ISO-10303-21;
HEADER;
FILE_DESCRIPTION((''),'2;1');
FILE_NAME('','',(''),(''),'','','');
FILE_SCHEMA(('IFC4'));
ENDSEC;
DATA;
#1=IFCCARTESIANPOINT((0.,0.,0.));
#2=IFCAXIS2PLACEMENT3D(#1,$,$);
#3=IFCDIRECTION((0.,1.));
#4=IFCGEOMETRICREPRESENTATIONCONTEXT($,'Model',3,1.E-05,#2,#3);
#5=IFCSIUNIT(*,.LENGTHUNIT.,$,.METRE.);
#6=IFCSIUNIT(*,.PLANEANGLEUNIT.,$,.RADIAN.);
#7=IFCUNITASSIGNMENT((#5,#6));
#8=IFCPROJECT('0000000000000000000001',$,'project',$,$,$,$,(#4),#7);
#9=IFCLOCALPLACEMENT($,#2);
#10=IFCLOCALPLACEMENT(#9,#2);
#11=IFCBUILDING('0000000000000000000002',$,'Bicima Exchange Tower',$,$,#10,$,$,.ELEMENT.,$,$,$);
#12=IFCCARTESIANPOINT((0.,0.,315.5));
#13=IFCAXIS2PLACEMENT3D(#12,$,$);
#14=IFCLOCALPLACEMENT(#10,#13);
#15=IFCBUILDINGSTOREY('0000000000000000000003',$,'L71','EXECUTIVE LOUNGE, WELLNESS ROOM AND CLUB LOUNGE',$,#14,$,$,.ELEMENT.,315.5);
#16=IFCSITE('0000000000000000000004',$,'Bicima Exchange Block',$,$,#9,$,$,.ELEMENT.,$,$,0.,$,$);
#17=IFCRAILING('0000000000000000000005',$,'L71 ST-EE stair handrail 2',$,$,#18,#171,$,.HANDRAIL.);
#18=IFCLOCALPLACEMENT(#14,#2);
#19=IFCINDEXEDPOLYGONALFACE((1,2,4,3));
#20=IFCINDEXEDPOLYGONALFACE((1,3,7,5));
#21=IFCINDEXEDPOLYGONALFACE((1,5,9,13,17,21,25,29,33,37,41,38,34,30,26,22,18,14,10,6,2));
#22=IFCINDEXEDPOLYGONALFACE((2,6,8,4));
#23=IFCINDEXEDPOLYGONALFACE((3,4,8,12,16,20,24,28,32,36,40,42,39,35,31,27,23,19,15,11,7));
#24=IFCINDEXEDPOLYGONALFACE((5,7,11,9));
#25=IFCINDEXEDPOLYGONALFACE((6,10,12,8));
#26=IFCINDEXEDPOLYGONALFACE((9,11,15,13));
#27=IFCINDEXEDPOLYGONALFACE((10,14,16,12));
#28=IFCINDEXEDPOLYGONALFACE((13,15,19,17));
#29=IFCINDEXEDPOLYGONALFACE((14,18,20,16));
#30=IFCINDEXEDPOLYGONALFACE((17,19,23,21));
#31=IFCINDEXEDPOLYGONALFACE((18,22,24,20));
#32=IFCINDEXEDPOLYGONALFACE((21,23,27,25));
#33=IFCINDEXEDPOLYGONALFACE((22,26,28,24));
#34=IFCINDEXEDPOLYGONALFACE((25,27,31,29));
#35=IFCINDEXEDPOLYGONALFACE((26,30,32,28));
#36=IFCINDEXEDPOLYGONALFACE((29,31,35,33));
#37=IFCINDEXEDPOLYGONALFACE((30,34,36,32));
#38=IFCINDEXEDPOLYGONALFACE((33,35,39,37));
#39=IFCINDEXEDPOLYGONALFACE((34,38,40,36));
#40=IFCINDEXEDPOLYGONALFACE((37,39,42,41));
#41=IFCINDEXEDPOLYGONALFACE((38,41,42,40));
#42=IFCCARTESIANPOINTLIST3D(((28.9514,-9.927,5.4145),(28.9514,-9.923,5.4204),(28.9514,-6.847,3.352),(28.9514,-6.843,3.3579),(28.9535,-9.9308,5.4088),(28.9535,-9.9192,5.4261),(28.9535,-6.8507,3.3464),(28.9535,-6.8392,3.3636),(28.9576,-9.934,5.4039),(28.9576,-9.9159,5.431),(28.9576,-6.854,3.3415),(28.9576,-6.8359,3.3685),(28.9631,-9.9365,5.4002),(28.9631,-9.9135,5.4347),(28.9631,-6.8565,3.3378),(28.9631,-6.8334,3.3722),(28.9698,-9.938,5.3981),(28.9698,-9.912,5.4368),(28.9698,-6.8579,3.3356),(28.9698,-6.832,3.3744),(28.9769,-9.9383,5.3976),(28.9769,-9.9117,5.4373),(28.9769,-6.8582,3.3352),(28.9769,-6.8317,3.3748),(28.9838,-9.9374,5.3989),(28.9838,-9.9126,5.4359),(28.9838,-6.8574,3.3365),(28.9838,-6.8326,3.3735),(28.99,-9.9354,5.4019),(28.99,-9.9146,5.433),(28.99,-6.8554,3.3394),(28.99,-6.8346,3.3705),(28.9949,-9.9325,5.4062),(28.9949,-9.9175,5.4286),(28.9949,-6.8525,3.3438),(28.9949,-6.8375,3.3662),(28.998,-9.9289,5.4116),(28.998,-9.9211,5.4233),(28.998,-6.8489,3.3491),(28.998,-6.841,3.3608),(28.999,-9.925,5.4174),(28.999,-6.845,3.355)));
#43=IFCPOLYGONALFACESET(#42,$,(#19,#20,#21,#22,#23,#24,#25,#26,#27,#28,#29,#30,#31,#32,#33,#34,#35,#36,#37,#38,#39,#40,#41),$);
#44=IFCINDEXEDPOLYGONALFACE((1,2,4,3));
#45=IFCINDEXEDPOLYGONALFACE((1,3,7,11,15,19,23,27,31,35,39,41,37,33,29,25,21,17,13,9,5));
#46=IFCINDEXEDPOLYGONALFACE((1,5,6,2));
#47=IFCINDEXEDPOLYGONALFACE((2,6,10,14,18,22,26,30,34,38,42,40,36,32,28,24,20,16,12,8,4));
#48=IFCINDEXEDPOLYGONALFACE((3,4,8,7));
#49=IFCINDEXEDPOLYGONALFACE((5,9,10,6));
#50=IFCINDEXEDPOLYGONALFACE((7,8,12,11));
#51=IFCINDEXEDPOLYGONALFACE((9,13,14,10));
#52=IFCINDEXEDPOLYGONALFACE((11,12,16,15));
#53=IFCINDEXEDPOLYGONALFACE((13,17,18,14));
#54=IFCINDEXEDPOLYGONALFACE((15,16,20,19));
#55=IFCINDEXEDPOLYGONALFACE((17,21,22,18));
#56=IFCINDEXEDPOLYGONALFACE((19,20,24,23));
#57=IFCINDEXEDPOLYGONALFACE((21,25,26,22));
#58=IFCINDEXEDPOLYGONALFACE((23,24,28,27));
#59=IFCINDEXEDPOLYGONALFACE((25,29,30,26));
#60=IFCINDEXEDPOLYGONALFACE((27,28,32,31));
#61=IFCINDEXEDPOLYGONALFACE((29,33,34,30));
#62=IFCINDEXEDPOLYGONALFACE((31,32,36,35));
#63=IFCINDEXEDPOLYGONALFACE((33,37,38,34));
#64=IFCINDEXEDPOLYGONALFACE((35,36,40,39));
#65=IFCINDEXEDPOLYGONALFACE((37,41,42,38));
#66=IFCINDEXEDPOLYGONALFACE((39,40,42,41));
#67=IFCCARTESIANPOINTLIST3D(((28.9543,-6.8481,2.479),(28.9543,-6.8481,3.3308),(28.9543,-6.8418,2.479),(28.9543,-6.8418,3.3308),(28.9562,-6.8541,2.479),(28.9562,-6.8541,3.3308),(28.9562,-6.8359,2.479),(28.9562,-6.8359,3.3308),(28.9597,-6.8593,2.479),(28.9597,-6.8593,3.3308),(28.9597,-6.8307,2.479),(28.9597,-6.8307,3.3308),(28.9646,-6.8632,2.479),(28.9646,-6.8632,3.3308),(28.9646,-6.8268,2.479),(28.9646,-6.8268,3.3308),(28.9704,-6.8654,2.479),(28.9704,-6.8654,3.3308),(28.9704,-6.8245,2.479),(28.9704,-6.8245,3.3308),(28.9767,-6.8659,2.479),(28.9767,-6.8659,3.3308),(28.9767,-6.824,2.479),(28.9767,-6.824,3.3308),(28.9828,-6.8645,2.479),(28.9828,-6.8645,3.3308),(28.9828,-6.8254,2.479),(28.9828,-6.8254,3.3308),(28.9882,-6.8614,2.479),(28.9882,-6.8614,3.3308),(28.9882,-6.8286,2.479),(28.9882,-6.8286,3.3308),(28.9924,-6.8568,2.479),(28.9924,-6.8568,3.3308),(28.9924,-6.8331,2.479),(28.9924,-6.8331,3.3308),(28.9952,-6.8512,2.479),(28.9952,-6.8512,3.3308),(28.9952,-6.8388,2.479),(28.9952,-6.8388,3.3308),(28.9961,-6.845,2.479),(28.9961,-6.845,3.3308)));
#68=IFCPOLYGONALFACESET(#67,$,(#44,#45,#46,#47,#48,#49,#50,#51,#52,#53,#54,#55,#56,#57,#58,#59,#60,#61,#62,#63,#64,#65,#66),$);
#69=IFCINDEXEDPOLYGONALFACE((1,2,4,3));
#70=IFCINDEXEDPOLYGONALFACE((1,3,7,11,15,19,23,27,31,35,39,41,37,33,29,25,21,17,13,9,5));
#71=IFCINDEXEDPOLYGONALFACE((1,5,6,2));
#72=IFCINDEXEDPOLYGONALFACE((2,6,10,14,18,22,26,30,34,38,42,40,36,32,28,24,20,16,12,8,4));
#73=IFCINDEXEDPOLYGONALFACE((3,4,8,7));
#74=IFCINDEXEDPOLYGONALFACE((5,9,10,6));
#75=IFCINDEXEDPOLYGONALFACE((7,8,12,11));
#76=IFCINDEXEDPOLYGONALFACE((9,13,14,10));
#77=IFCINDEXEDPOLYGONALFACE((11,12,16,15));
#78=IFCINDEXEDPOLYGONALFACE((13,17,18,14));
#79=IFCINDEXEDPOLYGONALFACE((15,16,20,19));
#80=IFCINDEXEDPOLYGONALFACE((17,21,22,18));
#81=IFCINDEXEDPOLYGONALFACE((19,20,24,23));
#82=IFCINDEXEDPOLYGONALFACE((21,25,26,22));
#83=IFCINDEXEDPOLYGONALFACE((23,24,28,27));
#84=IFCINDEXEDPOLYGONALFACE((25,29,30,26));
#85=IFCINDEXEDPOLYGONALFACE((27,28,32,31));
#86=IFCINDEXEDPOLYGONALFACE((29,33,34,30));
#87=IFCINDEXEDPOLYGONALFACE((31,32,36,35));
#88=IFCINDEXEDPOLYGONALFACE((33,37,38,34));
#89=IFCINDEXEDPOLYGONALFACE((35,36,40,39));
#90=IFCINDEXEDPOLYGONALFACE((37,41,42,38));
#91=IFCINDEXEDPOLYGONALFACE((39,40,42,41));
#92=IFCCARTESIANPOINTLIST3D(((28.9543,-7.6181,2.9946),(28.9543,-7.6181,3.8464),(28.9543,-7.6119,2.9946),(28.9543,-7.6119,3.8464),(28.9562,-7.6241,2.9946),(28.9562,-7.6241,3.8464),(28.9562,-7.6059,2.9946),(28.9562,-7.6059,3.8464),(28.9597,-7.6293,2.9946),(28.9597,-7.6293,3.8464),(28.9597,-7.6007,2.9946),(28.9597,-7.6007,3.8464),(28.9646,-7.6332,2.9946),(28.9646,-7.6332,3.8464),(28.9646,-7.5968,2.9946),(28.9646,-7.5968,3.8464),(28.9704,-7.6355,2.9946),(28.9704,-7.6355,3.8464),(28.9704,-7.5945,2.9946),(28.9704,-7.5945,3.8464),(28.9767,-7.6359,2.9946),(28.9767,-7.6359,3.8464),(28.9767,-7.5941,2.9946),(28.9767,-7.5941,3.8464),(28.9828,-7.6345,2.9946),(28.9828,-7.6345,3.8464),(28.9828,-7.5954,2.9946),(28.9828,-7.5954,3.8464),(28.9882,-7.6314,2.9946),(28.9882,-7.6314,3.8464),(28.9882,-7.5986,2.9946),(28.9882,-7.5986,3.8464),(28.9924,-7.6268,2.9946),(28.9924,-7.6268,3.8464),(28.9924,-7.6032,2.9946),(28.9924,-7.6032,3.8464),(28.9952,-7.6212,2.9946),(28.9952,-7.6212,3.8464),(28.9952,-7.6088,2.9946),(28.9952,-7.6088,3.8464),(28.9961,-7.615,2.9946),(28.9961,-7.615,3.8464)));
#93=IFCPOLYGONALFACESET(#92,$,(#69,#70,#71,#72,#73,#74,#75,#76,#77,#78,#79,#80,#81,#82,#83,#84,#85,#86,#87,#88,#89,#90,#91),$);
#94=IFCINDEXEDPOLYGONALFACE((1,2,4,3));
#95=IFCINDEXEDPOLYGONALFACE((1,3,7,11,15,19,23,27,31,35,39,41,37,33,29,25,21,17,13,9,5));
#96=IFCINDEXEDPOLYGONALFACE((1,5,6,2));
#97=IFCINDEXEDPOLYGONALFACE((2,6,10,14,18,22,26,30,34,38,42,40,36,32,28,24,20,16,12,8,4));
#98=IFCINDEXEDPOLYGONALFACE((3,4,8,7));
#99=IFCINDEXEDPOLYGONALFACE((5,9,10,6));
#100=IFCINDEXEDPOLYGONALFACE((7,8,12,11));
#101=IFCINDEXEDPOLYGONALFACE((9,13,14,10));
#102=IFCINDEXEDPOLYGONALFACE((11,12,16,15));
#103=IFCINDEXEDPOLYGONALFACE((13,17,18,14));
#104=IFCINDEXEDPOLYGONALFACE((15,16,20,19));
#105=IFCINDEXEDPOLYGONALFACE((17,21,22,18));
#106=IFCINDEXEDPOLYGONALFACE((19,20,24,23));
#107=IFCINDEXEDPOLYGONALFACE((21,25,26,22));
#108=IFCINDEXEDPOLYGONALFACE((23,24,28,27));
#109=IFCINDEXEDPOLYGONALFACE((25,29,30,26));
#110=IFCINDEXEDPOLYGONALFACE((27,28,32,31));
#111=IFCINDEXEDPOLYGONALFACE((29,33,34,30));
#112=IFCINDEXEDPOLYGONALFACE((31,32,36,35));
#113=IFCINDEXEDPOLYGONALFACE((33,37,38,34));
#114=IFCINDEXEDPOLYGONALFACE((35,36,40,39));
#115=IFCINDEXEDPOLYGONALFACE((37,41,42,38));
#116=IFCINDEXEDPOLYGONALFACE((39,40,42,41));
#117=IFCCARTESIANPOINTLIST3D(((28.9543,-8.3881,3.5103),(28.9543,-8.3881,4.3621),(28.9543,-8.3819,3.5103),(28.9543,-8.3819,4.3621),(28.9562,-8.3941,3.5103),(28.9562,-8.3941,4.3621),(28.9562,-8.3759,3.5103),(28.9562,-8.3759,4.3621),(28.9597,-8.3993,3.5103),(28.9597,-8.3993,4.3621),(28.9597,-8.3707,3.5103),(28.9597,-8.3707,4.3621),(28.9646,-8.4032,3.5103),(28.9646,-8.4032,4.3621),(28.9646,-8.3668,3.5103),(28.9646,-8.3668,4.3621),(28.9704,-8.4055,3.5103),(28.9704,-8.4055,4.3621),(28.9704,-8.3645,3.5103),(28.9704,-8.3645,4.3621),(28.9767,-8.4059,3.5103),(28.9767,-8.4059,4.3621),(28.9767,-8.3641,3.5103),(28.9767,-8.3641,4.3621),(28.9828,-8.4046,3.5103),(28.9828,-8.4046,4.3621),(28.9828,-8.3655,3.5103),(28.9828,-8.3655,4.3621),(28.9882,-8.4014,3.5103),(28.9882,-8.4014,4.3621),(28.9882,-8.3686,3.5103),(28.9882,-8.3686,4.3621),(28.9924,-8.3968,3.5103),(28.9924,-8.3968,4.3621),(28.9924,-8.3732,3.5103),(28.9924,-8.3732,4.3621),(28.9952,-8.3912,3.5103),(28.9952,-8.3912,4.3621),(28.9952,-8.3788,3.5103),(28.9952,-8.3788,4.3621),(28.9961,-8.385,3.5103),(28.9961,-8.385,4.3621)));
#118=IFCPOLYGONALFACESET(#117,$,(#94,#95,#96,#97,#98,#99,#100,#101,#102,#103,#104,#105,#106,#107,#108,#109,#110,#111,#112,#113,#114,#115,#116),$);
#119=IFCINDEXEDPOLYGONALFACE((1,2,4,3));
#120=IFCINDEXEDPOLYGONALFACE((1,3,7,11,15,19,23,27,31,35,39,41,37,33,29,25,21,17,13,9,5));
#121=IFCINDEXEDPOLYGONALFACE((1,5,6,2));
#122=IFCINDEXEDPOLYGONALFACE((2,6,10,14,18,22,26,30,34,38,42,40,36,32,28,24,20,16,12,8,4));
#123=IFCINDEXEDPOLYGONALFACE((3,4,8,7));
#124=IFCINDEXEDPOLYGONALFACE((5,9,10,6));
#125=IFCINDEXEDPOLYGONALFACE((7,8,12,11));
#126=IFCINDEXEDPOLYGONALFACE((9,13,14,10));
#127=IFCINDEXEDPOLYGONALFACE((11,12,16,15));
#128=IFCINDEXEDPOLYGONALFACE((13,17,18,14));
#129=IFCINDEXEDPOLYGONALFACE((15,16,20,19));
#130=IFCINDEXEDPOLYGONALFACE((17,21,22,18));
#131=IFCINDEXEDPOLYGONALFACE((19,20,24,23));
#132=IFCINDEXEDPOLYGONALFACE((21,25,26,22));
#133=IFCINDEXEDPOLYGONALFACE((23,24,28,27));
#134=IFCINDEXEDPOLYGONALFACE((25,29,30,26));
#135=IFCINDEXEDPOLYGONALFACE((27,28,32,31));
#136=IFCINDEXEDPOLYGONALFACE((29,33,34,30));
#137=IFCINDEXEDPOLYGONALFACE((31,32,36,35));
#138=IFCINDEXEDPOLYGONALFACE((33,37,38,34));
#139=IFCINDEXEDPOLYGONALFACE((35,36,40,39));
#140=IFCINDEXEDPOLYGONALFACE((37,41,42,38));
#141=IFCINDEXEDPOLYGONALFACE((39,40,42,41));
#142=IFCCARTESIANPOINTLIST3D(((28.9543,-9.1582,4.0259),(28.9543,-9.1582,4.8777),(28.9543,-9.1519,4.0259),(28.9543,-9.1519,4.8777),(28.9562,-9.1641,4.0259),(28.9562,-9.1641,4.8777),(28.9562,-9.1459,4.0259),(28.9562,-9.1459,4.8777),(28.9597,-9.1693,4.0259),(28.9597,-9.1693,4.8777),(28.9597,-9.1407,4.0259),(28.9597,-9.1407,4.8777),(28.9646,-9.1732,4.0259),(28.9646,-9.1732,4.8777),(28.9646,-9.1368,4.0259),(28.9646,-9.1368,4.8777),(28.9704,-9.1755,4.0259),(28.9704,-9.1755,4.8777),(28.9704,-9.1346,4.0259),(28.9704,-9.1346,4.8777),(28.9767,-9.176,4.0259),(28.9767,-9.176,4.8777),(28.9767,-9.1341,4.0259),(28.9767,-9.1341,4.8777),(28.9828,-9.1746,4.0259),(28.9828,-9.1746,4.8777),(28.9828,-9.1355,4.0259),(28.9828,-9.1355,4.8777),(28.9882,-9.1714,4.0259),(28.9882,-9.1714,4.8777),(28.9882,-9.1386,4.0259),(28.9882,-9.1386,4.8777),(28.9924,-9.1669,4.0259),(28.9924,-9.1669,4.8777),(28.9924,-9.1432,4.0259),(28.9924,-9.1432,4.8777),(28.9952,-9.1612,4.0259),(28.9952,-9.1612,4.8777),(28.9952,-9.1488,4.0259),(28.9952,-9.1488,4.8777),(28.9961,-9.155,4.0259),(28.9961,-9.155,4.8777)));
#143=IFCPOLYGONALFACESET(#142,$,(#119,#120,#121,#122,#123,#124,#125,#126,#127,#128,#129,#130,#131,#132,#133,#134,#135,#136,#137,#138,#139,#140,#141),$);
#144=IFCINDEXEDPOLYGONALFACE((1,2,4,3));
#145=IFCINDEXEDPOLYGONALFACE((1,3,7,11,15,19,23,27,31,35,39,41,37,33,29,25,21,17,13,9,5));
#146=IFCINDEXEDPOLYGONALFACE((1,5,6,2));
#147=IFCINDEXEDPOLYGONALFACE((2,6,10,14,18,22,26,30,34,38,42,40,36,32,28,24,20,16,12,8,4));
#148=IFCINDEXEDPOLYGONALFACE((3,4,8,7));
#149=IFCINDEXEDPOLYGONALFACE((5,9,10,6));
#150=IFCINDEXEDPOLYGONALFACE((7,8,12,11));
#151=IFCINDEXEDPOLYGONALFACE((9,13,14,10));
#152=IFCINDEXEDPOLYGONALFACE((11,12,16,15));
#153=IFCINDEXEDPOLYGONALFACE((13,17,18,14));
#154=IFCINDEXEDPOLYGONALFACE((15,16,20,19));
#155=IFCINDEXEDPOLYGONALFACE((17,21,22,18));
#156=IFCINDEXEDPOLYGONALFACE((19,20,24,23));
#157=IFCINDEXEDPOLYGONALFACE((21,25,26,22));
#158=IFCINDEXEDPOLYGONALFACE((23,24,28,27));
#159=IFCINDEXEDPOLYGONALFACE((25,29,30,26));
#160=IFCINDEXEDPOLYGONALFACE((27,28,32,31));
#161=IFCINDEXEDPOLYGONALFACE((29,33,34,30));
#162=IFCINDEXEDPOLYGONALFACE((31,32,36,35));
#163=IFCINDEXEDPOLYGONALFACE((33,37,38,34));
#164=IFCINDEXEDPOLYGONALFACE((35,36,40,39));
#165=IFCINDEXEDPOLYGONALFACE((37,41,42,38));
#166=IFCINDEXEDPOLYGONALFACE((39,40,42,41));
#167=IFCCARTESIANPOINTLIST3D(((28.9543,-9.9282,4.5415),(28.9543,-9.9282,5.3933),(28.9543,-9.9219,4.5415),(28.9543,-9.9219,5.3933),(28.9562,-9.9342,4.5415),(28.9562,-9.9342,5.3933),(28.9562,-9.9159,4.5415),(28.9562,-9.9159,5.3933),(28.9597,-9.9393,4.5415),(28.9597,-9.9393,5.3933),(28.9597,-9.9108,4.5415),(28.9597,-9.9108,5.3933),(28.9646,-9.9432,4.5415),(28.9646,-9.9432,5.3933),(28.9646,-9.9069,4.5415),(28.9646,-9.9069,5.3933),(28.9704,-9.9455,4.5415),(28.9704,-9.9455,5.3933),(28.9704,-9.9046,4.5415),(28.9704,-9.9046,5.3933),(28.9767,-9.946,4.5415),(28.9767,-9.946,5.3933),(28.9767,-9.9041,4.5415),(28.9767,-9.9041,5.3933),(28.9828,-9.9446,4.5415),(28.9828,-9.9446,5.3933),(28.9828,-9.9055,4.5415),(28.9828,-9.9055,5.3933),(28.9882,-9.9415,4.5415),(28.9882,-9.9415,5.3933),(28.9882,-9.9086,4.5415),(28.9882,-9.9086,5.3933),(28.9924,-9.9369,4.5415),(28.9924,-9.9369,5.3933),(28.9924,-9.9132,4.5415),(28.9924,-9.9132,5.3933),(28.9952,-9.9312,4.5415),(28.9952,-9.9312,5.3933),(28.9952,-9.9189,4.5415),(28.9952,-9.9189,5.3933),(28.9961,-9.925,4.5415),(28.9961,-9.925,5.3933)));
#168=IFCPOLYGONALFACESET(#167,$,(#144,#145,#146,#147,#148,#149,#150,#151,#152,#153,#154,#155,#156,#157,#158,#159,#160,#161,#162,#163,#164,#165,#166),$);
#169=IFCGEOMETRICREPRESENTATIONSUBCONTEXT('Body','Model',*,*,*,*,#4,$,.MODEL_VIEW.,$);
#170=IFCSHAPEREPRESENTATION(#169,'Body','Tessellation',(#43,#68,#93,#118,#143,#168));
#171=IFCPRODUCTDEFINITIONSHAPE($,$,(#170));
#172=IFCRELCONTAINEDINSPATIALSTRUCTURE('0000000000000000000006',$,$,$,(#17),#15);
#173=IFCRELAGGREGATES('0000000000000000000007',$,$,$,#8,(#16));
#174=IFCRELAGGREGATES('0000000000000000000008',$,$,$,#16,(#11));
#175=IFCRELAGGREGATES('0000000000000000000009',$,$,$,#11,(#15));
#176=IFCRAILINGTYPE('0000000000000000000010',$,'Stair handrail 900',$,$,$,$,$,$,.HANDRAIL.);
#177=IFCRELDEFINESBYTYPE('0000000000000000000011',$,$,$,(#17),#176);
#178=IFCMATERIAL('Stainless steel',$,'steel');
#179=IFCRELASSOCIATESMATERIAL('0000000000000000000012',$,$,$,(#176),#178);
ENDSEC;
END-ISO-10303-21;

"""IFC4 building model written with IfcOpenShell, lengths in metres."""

from ifc_helpers import new_model, si_unit, direction, frame, origin, origin_2d, place, context, subcontext, project, spatial, circle, extrude, material, type_object, element, save


model = new_model("IFC4")

# Units and contexts
model_context = context("Model", 3, precision=1e-05, world=origin(), true_north=direction((0.0, 1.0)))
body_context = subcontext(model_context, "Body", "Model", "MODEL_VIEW")
ifc_project = project(units=[si_unit("LENGTHUNIT", "METRE"), si_unit("PLANEANGLEUNIT", "RADIAN")], contexts=[model_context])

# Site, building, storey
site_placement = place(None, origin())
site = spatial("IfcSite", under=ifc_project, at=site_placement, Name="Bicima Exchange Block", CompositionType="ELEMENT", RefElevation=0.0)
building_placement = place(site_placement, origin())
building = spatial("IfcBuilding", under=site, at=building_placement, Name="Bicima Exchange Tower", CompositionType="ELEMENT")
storey_placement = place(building_placement, frame((0.0, 0.0, 315.5)))
storey = spatial("IfcBuildingStorey", under=building, at=storey_placement, Name="L71", Description="EXECUTIVE LOUNGE, WELLNESS ROOM AND CLUB LOUNGE", CompositionType="ELEMENT", Elevation=315.5)

# Railing
ifc_material_1 = material(Name="Stainless steel", Category="steel")
railing_type_1 = type_object("IfcRailingType", Name="Stair handrail 900", PredefinedType="HANDRAIL", material=ifc_material_1)
for number, where, name in (
    (1, (28.9751, -6.845, 2.479), "L71 ST-EE stair handrail 2"),
):
    element("IfcRailing", number, at=place(storey_placement, frame(where)), inside=storey, type_object=railing_type_1, Name=name, PredefinedType="HANDRAIL", context=body_context, shape_type="SweptSolid", body=[
        extrude(circle(Radius=0.0239, at=origin_2d()), frame((0.0, 0.0, 0.876), z_axis=(0.0, -0.830914, 0.556401), x_axis=(1.0, 0.0, 0.0)), (0.0, 0.0, 1.0), 3.7068),
        extrude(circle(Radius=0.021, at=origin_2d()), origin(), (0.0, 0.0, 1.0), 0.8518),
        extrude(circle(Radius=0.021, at=origin_2d()), frame((0.0, -0.77, 0.5156)), (0.0, 0.0, 1.0), 0.8518),
        extrude(circle(Radius=0.021, at=origin_2d()), frame((0.0, -1.54, 1.0312)), (0.0, 0.0, 1.0), 0.8518),
        extrude(circle(Radius=0.021, at=origin_2d()), frame((0.0, -2.3101, 1.5469)), (0.0, 0.0, 1.0), 0.8518),
        extrude(circle(Radius=0.021, at=origin_2d()), frame((0.0, -3.0801, 2.0625)), (0.0, 0.0, 1.0), 0.8518),
    ])

save(model, "model.ifc")
